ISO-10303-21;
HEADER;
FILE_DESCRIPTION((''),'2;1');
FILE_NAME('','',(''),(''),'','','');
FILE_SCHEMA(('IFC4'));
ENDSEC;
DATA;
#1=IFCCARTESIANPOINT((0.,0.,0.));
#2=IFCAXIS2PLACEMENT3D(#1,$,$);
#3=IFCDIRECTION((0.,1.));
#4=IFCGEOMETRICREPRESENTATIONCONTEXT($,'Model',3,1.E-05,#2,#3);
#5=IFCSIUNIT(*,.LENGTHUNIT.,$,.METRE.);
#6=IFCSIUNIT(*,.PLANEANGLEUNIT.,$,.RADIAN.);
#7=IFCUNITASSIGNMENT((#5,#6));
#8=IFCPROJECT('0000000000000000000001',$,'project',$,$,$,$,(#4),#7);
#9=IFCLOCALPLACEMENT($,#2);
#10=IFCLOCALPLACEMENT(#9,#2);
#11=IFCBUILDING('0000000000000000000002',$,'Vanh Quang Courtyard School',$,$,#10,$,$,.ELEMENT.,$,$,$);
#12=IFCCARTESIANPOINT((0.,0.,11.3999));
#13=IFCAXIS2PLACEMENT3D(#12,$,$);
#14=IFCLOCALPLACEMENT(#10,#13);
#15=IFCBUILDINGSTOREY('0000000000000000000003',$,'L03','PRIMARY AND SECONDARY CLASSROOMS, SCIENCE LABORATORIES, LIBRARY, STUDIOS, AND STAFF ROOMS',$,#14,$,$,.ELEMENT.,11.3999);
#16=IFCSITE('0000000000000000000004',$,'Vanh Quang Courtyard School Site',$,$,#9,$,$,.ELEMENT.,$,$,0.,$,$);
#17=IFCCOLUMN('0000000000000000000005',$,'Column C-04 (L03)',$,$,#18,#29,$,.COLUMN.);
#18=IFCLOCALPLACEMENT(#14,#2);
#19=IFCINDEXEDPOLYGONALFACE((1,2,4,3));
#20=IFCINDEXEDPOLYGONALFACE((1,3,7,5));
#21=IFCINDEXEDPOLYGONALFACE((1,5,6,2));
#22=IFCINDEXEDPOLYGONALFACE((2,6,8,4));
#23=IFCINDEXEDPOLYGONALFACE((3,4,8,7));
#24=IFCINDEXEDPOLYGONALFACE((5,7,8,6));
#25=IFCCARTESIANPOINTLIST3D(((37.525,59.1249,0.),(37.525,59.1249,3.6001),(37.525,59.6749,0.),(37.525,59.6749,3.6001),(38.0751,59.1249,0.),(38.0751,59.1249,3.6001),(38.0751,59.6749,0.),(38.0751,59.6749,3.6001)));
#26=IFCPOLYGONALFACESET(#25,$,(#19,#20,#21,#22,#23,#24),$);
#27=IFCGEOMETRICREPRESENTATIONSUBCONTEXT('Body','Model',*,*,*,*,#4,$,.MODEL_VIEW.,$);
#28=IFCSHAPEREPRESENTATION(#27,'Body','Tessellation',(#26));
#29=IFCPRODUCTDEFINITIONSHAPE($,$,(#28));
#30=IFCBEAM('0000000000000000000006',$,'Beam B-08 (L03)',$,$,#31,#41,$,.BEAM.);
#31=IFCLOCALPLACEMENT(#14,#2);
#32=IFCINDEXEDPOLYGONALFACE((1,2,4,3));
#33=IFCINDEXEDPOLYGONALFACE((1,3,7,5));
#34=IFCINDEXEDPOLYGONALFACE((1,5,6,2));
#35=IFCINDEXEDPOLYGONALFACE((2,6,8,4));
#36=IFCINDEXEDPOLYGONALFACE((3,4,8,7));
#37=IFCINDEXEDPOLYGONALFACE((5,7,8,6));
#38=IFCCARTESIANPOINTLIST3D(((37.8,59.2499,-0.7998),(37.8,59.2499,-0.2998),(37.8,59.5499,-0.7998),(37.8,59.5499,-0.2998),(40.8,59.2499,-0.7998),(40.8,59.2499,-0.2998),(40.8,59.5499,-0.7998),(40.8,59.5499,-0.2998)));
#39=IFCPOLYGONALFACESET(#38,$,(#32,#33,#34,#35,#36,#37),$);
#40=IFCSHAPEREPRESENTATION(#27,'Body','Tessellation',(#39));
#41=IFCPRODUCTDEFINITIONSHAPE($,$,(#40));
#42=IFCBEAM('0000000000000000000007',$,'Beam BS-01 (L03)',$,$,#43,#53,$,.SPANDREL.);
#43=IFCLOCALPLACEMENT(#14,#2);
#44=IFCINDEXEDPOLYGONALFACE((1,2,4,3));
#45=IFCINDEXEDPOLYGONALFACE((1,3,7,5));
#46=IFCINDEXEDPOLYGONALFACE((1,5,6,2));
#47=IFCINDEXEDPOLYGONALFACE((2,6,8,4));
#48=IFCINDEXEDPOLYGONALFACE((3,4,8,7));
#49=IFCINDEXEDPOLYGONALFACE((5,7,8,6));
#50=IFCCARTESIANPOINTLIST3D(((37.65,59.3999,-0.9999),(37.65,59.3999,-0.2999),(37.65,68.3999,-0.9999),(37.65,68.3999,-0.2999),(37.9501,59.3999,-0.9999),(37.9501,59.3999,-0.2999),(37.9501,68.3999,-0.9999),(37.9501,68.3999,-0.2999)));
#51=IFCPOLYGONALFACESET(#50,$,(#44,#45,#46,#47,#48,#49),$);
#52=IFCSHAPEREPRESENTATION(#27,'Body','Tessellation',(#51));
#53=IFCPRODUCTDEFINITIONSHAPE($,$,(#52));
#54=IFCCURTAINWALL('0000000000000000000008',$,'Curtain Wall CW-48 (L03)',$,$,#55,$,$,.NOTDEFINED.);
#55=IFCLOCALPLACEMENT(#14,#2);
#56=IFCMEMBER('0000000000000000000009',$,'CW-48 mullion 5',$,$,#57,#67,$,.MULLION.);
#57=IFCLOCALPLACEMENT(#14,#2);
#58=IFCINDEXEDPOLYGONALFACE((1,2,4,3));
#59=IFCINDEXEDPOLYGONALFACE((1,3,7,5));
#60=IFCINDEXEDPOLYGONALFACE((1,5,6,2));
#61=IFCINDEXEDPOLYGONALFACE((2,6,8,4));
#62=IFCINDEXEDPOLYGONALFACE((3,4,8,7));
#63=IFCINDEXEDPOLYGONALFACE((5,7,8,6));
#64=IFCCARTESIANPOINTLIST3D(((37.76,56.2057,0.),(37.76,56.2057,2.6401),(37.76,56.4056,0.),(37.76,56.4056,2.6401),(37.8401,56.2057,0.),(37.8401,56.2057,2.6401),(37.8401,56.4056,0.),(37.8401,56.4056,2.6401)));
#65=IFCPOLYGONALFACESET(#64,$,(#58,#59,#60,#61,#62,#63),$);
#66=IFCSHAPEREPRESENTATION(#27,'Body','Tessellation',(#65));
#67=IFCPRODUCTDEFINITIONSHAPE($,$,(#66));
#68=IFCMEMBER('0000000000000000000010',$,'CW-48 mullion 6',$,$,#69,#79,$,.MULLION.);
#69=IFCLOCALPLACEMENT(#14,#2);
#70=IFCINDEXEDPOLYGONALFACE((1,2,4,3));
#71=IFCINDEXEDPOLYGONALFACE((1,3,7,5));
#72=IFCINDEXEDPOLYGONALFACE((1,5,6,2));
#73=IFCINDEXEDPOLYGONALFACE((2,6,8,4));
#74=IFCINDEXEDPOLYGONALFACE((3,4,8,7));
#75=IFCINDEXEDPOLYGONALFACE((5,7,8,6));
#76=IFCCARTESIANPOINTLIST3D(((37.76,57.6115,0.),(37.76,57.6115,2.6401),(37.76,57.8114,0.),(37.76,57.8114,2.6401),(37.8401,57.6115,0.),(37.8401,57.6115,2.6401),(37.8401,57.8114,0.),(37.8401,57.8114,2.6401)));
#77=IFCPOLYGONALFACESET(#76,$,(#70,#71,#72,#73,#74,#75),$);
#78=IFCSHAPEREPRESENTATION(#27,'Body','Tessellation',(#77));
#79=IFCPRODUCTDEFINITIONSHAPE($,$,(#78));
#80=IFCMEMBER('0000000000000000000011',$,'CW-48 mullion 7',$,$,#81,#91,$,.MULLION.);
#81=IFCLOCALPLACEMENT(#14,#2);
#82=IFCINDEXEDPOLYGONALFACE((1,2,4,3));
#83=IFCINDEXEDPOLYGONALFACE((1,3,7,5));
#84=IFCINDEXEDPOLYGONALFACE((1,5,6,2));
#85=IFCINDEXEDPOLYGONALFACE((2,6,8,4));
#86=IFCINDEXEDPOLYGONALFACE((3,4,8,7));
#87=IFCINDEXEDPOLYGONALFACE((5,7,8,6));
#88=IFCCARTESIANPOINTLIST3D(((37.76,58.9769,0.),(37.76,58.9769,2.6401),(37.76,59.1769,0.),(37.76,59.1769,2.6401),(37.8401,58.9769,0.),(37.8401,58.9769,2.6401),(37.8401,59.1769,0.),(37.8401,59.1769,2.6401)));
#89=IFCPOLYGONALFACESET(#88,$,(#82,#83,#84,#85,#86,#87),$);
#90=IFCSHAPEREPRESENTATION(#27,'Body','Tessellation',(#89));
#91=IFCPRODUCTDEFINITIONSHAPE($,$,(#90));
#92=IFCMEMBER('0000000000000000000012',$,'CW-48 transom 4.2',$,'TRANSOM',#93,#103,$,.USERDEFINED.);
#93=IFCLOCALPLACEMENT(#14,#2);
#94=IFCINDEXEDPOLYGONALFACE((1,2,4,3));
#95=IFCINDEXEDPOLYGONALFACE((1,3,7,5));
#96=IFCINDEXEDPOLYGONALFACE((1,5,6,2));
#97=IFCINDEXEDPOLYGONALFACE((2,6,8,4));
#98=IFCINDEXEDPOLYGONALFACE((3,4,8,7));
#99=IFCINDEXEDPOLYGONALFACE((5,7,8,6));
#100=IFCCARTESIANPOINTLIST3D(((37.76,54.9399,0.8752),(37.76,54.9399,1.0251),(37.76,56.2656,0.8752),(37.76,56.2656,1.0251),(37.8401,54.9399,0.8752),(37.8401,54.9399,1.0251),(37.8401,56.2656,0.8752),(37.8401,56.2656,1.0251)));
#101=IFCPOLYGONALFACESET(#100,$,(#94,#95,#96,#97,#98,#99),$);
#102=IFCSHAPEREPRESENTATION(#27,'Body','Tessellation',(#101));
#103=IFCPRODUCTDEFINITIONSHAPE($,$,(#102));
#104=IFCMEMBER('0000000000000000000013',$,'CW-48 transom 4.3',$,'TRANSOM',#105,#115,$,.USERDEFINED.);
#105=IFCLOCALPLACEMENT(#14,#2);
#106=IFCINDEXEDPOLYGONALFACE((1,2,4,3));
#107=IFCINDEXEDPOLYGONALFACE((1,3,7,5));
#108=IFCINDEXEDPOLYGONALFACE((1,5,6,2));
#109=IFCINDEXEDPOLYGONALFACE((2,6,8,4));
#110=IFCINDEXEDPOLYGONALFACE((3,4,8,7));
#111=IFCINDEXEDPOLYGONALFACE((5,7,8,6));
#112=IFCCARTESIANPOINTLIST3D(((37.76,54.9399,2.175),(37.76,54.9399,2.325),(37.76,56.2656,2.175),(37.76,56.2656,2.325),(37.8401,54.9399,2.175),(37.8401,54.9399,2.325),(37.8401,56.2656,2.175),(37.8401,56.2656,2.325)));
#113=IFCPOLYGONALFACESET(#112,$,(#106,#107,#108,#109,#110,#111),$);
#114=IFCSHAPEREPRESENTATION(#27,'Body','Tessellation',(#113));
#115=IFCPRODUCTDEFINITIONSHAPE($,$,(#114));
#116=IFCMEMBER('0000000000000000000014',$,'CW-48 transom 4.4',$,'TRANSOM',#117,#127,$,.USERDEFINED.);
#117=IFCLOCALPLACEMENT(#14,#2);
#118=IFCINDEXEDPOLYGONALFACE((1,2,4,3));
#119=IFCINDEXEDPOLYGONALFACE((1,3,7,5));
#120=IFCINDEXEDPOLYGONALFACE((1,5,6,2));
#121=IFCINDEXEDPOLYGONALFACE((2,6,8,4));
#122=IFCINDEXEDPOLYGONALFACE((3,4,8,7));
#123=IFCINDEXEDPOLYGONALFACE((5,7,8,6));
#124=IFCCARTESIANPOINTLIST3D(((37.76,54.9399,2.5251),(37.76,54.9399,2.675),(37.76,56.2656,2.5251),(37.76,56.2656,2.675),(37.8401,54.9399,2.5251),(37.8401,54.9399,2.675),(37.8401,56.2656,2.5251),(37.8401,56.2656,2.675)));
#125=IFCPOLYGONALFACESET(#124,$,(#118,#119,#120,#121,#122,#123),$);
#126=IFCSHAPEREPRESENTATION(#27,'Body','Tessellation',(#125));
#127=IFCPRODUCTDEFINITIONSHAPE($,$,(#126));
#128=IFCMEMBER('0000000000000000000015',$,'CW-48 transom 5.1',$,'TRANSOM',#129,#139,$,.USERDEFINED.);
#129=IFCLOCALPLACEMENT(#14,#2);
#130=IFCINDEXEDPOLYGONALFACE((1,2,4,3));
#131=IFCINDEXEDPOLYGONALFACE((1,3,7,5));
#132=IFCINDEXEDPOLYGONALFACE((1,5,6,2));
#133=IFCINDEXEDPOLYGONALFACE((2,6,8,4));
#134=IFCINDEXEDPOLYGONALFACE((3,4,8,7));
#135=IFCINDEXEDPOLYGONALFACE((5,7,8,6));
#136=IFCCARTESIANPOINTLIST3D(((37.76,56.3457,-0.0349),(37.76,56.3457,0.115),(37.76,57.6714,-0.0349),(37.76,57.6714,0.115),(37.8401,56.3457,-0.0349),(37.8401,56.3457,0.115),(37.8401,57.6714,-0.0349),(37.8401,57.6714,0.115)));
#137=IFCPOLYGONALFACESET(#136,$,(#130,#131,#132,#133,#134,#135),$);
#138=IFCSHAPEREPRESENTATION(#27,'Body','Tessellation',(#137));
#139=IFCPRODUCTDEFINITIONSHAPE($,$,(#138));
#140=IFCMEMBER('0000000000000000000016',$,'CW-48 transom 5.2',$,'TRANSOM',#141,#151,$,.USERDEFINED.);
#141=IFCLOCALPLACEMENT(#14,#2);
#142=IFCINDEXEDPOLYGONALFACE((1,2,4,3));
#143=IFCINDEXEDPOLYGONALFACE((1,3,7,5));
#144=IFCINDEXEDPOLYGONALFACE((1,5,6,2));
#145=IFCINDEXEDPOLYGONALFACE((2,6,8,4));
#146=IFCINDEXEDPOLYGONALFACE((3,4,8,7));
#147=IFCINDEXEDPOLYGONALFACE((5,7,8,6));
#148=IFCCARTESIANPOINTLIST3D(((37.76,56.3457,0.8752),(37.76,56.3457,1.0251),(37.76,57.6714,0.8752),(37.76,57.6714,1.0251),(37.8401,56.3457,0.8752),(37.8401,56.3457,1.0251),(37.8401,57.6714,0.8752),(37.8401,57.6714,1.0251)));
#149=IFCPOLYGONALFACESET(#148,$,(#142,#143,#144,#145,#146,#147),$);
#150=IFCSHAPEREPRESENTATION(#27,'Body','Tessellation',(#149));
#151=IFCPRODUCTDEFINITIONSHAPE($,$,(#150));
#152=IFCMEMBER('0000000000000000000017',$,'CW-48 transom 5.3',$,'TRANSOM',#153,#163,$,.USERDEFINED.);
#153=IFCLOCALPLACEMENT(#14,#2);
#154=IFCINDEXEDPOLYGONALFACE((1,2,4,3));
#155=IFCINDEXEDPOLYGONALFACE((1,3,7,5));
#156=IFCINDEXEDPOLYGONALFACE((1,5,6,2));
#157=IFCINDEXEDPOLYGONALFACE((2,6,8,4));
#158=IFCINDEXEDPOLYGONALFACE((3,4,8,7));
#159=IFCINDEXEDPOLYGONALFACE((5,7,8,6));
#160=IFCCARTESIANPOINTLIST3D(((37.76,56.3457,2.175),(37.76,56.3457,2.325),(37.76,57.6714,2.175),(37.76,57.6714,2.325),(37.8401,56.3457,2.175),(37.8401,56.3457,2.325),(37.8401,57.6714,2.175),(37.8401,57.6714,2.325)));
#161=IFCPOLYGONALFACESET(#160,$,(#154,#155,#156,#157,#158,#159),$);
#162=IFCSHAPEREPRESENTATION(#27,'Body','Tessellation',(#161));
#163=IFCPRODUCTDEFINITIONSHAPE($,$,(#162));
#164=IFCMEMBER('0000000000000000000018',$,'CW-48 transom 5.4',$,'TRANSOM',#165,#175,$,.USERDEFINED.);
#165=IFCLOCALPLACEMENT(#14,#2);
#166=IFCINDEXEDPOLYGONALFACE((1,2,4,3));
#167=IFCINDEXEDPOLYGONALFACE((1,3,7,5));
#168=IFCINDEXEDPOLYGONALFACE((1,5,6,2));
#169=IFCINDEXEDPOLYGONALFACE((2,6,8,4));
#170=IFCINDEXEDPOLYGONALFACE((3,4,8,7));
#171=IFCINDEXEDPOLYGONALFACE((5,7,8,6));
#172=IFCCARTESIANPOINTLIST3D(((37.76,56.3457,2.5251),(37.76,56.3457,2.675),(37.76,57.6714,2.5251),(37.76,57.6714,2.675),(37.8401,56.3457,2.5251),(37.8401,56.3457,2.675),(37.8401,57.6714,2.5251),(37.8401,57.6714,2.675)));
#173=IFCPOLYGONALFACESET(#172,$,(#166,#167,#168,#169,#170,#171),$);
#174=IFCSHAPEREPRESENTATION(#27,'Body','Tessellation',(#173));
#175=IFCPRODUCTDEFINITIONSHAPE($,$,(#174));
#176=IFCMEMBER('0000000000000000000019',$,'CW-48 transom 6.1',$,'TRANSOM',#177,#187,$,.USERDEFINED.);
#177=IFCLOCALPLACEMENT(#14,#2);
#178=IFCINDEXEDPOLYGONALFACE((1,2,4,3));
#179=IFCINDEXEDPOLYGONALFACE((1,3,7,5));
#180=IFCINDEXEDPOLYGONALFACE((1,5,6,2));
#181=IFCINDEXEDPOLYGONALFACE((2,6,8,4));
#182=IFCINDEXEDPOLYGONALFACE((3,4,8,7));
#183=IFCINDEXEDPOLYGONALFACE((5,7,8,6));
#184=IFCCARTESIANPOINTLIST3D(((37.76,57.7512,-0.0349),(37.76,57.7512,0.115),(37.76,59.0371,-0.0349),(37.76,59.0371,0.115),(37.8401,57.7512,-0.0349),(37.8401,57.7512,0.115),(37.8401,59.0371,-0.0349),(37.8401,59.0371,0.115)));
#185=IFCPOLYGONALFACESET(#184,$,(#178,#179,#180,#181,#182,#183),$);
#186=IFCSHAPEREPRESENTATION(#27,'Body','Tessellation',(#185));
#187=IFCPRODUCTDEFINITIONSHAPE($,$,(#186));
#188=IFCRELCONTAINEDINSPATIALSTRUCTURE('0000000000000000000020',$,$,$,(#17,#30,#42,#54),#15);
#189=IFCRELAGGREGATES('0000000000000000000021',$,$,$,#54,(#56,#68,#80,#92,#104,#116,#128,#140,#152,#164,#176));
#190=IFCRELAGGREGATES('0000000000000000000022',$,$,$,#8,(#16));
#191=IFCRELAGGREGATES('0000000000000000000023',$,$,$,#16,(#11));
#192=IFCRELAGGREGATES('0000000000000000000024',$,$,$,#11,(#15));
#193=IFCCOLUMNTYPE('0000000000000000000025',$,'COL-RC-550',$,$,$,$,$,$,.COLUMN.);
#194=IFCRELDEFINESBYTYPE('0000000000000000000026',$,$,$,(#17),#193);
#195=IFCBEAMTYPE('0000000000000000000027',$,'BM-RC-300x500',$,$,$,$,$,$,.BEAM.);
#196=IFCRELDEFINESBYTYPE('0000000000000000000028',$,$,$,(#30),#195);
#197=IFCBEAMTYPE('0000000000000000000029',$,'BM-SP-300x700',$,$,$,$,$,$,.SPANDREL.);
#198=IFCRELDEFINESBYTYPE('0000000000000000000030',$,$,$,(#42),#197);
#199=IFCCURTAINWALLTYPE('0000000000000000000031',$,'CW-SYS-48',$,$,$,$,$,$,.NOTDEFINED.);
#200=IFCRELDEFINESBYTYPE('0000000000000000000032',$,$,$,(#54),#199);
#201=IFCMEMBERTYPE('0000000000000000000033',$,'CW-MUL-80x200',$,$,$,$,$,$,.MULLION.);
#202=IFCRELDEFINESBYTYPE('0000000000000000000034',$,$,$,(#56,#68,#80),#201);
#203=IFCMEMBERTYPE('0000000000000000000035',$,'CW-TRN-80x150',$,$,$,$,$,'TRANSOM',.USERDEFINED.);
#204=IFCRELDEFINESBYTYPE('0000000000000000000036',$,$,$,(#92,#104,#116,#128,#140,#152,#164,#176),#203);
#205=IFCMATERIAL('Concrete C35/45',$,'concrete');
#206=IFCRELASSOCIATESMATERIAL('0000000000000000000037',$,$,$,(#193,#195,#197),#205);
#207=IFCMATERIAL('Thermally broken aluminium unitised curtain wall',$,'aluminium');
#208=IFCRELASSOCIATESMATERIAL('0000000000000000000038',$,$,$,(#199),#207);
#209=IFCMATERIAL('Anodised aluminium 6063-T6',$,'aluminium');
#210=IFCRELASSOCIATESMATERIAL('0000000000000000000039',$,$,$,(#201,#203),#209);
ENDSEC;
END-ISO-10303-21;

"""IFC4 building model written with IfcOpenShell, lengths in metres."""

from ifc_helpers import new_model, si_unit, direction, frame, origin, origin_2d, place, context, subcontext, project, spatial, rectangle, extrude, material, material_profile, profile_set, type_object, element, aggregate, save


model = new_model("IFC4")

# Units and contexts
model_context = context("Model", 3, precision=1e-05, world=origin(), true_north=direction((0.0, 1.0)))
body_context = subcontext(model_context, "Body", "Model", "MODEL_VIEW")
ifc_project = project(units=[si_unit("LENGTHUNIT", "METRE"), si_unit("PLANEANGLEUNIT", "RADIAN")], contexts=[model_context])

# Site, building, storey
site_placement = place(None, origin())
site = spatial("IfcSite", under=ifc_project, at=site_placement, Name="Vanh Quang Courtyard School Site", CompositionType="ELEMENT", RefElevation=0.0)
building_placement = place(site_placement, origin())
building = spatial("IfcBuilding", under=site, at=building_placement, Name="Vanh Quang Courtyard School", CompositionType="ELEMENT")
storey_placement = place(building_placement, frame((0.0, 0.0, 11.3999)))
storey = spatial("IfcBuildingStorey", under=building, at=storey_placement, Name="L03", Description="PRIMARY AND SECONDARY CLASSROOMS, SCIENCE LABORATORIES, LIBRARY, STUDIOS, AND STAFF ROOMS", CompositionType="ELEMENT", Elevation=11.3999)

# Column
ifc_material_1 = material(Name="Concrete C35/45", Category="concrete")
ifc_material_profile_1 = material_profile(ifc_material_1, rectangle(XDim=0.55, YDim=0.55, at=origin_2d()), Name="RC-COL 550x550")
ifc_profile_set_1 = profile_set([ifc_material_profile_1], Name="Concrete C35/45")
column_type = type_object("IfcColumnType", Name="COL-RC-550", PredefinedType="COLUMN", material=ifc_profile_set_1)
column_placement = place(storey_placement, frame((37.8, 59.3999, 0.0), z_axis=(0.0, 0.0, 1.0), x_axis=(1.0, 0.0, 0.0)))
element("IfcColumn", 1, at=column_placement, inside=storey, type_object=column_type, Name="Column C-04 (L03)", PredefinedType="COLUMN", context=body_context, shape_type="SweptSolid", body=[
    extrude(rectangle(XDim=0.55, YDim=0.55, at=origin_2d()), origin(), (0.0, 0.0, 1.0), 3.6001),
])

# Beams
ifc_material_profile_2 = material_profile(ifc_material_1, rectangle(XDim=0.3, YDim=0.5, at=origin_2d()), Name="RC-BM 300x500")
ifc_profile_set_2 = profile_set([ifc_material_profile_2], Name="Concrete C35/45")
beam_type_1 = type_object("IfcBeamType", Name="BM-RC-300x500", PredefinedType="BEAM", material=ifc_profile_set_2)
beam_1_placement = place(storey_placement, frame((37.8, 59.3999, -0.5498), z_axis=(1.0, 0.0, 0.0), x_axis=(0.0, 1.0, 0.0)))
element("IfcBeam", 2, at=beam_1_placement, inside=storey, type_object=beam_type_1, Name="Beam B-08 (L03)", PredefinedType="BEAM", context=body_context, shape_type="SweptSolid", body=[
    extrude(rectangle(XDim=0.3, YDim=0.5, at=origin_2d()), origin(), (0.0, 0.0, 1.0), 3.0),
])
ifc_material_profile_3 = material_profile(ifc_material_1, rectangle(XDim=0.3, YDim=0.7, at=origin_2d()), Name="RC-SP 300x700")
ifc_profile_set_3 = profile_set([ifc_material_profile_3], Name="Concrete C35/45")
beam_type_2 = type_object("IfcBeamType", Name="BM-SP-300x700", PredefinedType="SPANDREL", material=ifc_profile_set_3)
beam_2_placement = place(storey_placement, frame((37.8, 59.3999, -0.6499), z_axis=(0.0, 1.0, 0.0), x_axis=(-1.0, 0.0, 0.0)))
element("IfcBeam", 3, at=beam_2_placement, inside=storey, type_object=beam_type_2, Name="Beam BS-01 (L03)", PredefinedType="SPANDREL", context=body_context, shape_type="SweptSolid", body=[
    extrude(rectangle(XDim=0.3, YDim=0.7, at=origin_2d()), origin(), (0.0, 0.0, 1.0), 9.0),
])

# Curtain wall, members
ifc_material_2 = material(Name="Thermally broken aluminium unitised curtain wall", Category="aluminium")
curtain_wall_type = type_object("IfcCurtainWallType", Name="CW-SYS-48", PredefinedType="NOTDEFINED", material=ifc_material_2)
curtain_wall_placement = place(storey_placement, origin())
curtain_wall = element("IfcCurtainWall", 4, at=curtain_wall_placement, inside=storey, type_object=curtain_wall_type, Name="Curtain Wall CW-48 (L03)", PredefinedType="NOTDEFINED")
ifc_material_3 = material(Name="Anodised aluminium 6063-T6", Category="aluminium")
ifc_material_profile_4 = material_profile(ifc_material_3, rectangle(XDim=0.0801, YDim=0.2, at=origin_2d()), Name="ALU-MUL 80x200")
ifc_profile_set_4 = profile_set([ifc_material_profile_4], Name="Anodised aluminium 6063-T6")
member_type_1 = type_object("IfcMemberType", Name="CW-MUL-80x200", PredefinedType="MULLION", material=ifc_profile_set_4)
member_1_placement = place(storey_placement, frame((37.8, 56.3057, 0.0), z_axis=(0.0, 0.0, 1.0), x_axis=(-1.0, 0.0, 0.0)))
member_1 = element("IfcMember", 5, at=member_1_placement, type_object=member_type_1, Name="CW-48 mullion 5", PredefinedType="MULLION", context=body_context, shape_type="SweptSolid", body=[
    extrude(rectangle(XDim=0.0801, YDim=0.2, at=origin_2d()), origin(), (0.0, 0.0, 1.0), 2.6401),
])
member_2_placement = place(storey_placement, frame((37.8, 57.7114, 0.0), z_axis=(0.0, 0.0, 1.0), x_axis=(-1.0, 0.0, 0.0)))
member_2 = element("IfcMember", 6, at=member_2_placement, type_object=member_type_1, Name="CW-48 mullion 6", PredefinedType="MULLION", context=body_context, shape_type="SweptSolid", body=[
    extrude(rectangle(XDim=0.0801, YDim=0.2, at=origin_2d()), origin(), (0.0, 0.0, 1.0), 2.6401),
])
member_3_placement = place(storey_placement, frame((37.8, 59.0769, 0.0), z_axis=(0.0, 0.0, 1.0), x_axis=(-1.0, 0.0, 0.0)))
member_3 = element("IfcMember", 7, at=member_3_placement, type_object=member_type_1, Name="CW-48 mullion 7", PredefinedType="MULLION", context=body_context, shape_type="SweptSolid", body=[
    extrude(rectangle(XDim=0.0801, YDim=0.2, at=origin_2d()), origin(), (0.0, 0.0, 1.0), 2.6401),
])
ifc_material_profile_5 = material_profile(ifc_material_3, rectangle(XDim=0.0801, YDim=0.1499, at=origin_2d()), Name="ALU-TRN 80x150")
ifc_profile_set_5 = profile_set([ifc_material_profile_5], Name="Anodised aluminium 6063-T6")
member_type_2 = type_object("IfcMemberType", Name="CW-TRN-80x150", ElementType="TRANSOM", PredefinedType="USERDEFINED", material=ifc_profile_set_5)
member_4_placement = place(storey_placement, frame((37.8, 54.9399, 0.9502), z_axis=(0.0, 1.0, 0.0), x_axis=(-1.0, 0.0, 0.0)))
member_4 = element("IfcMember", 8, at=member_4_placement, type_object=member_type_2, Name="CW-48 transom 4.2", ObjectType="TRANSOM", PredefinedType="USERDEFINED", context=body_context, shape_type="SweptSolid", body=[
    extrude(rectangle(XDim=0.0801, YDim=0.1499, at=origin_2d()), origin(), (0.0, 0.0, 1.0), 1.3257),
])
member_5_placement = place(storey_placement, frame((37.8, 54.9399, 2.25), z_axis=(0.0, 1.0, 0.0), x_axis=(-1.0, 0.0, 0.0)))
member_5 = element("IfcMember", 9, at=member_5_placement, type_object=member_type_2, Name="CW-48 transom 4.3", ObjectType="TRANSOM", PredefinedType="USERDEFINED", context=body_context, shape_type="SweptSolid", body=[
    extrude(rectangle(XDim=0.0801, YDim=0.1499, at=origin_2d()), origin(), (0.0, 0.0, 1.0), 1.3257),
])
member_6_placement = place(storey_placement, frame((37.8, 54.9399, 2.6001), z_axis=(0.0, 1.0, 0.0), x_axis=(-1.0, 0.0, 0.0)))
member_6 = element("IfcMember", 10, at=member_6_placement, type_object=member_type_2, Name="CW-48 transom 4.4", ObjectType="TRANSOM", PredefinedType="USERDEFINED", context=body_context, shape_type="SweptSolid", body=[
    extrude(rectangle(XDim=0.0801, YDim=0.1499, at=origin_2d()), origin(), (0.0, 0.0, 1.0), 1.3257),
])
member_7_placement = place(storey_placement, frame((37.8, 56.3457, 0.04), z_axis=(0.0, 1.0, 0.0), x_axis=(-1.0, 0.0, 0.0)))
member_7 = element("IfcMember", 11, at=member_7_placement, type_object=member_type_2, Name="CW-48 transom 5.1", ObjectType="TRANSOM", PredefinedType="USERDEFINED", context=body_context, shape_type="SweptSolid", body=[
    extrude(rectangle(XDim=0.0801, YDim=0.1499, at=origin_2d()), origin(), (0.0, 0.0, 1.0), 1.3257),
])
member_8_placement = place(storey_placement, frame((37.8, 56.3457, 0.9502), z_axis=(0.0, 1.0, 0.0), x_axis=(-1.0, 0.0, 0.0)))
member_8 = element("IfcMember", 12, at=member_8_placement, type_object=member_type_2, Name="CW-48 transom 5.2", ObjectType="TRANSOM", PredefinedType="USERDEFINED", context=body_context, shape_type="SweptSolid", body=[
    extrude(rectangle(XDim=0.0801, YDim=0.1499, at=origin_2d()), origin(), (0.0, 0.0, 1.0), 1.3257),
])
member_9_placement = place(storey_placement, frame((37.8, 56.3457, 2.25), z_axis=(0.0, 1.0, 0.0), x_axis=(-1.0, 0.0, 0.0)))
member_9 = element("IfcMember", 13, at=member_9_placement, type_object=member_type_2, Name="CW-48 transom 5.3", ObjectType="TRANSOM", PredefinedType="USERDEFINED", context=body_context, shape_type="SweptSolid", body=[
    extrude(rectangle(XDim=0.0801, YDim=0.1499, at=origin_2d()), origin(), (0.0, 0.0, 1.0), 1.3257),
])
member_10_placement = place(storey_placement, frame((37.8, 56.3457, 2.6001), z_axis=(0.0, 1.0, 0.0), x_axis=(-1.0, 0.0, 0.0)))
member_10 = element("IfcMember", 14, at=member_10_placement, type_object=member_type_2, Name="CW-48 transom 5.4", ObjectType="TRANSOM", PredefinedType="USERDEFINED", context=body_context, shape_type="SweptSolid", body=[
    extrude(rectangle(XDim=0.0801, YDim=0.1499, at=origin_2d()), origin(), (0.0, 0.0, 1.0), 1.3257),
])
member_11_placement = place(storey_placement, frame((37.8, 57.7512, 0.04), z_axis=(0.0, 1.0, 0.0), x_axis=(-1.0, 0.0, 0.0)))
member_11 = element("IfcMember", 15, at=member_11_placement, type_object=member_type_2, Name="CW-48 transom 6.1", ObjectType="TRANSOM", PredefinedType="USERDEFINED", context=body_context, shape_type="SweptSolid", body=[
    extrude(rectangle(XDim=0.0801, YDim=0.1499, at=origin_2d()), origin(), (0.0, 0.0, 1.0), 1.2859),
])
aggregate(curtain_wall, [member_1, member_2, member_3, member_4, member_5, member_6, member_7, member_8, member_9, member_10, member_11])

save(model, "model.ifc")
